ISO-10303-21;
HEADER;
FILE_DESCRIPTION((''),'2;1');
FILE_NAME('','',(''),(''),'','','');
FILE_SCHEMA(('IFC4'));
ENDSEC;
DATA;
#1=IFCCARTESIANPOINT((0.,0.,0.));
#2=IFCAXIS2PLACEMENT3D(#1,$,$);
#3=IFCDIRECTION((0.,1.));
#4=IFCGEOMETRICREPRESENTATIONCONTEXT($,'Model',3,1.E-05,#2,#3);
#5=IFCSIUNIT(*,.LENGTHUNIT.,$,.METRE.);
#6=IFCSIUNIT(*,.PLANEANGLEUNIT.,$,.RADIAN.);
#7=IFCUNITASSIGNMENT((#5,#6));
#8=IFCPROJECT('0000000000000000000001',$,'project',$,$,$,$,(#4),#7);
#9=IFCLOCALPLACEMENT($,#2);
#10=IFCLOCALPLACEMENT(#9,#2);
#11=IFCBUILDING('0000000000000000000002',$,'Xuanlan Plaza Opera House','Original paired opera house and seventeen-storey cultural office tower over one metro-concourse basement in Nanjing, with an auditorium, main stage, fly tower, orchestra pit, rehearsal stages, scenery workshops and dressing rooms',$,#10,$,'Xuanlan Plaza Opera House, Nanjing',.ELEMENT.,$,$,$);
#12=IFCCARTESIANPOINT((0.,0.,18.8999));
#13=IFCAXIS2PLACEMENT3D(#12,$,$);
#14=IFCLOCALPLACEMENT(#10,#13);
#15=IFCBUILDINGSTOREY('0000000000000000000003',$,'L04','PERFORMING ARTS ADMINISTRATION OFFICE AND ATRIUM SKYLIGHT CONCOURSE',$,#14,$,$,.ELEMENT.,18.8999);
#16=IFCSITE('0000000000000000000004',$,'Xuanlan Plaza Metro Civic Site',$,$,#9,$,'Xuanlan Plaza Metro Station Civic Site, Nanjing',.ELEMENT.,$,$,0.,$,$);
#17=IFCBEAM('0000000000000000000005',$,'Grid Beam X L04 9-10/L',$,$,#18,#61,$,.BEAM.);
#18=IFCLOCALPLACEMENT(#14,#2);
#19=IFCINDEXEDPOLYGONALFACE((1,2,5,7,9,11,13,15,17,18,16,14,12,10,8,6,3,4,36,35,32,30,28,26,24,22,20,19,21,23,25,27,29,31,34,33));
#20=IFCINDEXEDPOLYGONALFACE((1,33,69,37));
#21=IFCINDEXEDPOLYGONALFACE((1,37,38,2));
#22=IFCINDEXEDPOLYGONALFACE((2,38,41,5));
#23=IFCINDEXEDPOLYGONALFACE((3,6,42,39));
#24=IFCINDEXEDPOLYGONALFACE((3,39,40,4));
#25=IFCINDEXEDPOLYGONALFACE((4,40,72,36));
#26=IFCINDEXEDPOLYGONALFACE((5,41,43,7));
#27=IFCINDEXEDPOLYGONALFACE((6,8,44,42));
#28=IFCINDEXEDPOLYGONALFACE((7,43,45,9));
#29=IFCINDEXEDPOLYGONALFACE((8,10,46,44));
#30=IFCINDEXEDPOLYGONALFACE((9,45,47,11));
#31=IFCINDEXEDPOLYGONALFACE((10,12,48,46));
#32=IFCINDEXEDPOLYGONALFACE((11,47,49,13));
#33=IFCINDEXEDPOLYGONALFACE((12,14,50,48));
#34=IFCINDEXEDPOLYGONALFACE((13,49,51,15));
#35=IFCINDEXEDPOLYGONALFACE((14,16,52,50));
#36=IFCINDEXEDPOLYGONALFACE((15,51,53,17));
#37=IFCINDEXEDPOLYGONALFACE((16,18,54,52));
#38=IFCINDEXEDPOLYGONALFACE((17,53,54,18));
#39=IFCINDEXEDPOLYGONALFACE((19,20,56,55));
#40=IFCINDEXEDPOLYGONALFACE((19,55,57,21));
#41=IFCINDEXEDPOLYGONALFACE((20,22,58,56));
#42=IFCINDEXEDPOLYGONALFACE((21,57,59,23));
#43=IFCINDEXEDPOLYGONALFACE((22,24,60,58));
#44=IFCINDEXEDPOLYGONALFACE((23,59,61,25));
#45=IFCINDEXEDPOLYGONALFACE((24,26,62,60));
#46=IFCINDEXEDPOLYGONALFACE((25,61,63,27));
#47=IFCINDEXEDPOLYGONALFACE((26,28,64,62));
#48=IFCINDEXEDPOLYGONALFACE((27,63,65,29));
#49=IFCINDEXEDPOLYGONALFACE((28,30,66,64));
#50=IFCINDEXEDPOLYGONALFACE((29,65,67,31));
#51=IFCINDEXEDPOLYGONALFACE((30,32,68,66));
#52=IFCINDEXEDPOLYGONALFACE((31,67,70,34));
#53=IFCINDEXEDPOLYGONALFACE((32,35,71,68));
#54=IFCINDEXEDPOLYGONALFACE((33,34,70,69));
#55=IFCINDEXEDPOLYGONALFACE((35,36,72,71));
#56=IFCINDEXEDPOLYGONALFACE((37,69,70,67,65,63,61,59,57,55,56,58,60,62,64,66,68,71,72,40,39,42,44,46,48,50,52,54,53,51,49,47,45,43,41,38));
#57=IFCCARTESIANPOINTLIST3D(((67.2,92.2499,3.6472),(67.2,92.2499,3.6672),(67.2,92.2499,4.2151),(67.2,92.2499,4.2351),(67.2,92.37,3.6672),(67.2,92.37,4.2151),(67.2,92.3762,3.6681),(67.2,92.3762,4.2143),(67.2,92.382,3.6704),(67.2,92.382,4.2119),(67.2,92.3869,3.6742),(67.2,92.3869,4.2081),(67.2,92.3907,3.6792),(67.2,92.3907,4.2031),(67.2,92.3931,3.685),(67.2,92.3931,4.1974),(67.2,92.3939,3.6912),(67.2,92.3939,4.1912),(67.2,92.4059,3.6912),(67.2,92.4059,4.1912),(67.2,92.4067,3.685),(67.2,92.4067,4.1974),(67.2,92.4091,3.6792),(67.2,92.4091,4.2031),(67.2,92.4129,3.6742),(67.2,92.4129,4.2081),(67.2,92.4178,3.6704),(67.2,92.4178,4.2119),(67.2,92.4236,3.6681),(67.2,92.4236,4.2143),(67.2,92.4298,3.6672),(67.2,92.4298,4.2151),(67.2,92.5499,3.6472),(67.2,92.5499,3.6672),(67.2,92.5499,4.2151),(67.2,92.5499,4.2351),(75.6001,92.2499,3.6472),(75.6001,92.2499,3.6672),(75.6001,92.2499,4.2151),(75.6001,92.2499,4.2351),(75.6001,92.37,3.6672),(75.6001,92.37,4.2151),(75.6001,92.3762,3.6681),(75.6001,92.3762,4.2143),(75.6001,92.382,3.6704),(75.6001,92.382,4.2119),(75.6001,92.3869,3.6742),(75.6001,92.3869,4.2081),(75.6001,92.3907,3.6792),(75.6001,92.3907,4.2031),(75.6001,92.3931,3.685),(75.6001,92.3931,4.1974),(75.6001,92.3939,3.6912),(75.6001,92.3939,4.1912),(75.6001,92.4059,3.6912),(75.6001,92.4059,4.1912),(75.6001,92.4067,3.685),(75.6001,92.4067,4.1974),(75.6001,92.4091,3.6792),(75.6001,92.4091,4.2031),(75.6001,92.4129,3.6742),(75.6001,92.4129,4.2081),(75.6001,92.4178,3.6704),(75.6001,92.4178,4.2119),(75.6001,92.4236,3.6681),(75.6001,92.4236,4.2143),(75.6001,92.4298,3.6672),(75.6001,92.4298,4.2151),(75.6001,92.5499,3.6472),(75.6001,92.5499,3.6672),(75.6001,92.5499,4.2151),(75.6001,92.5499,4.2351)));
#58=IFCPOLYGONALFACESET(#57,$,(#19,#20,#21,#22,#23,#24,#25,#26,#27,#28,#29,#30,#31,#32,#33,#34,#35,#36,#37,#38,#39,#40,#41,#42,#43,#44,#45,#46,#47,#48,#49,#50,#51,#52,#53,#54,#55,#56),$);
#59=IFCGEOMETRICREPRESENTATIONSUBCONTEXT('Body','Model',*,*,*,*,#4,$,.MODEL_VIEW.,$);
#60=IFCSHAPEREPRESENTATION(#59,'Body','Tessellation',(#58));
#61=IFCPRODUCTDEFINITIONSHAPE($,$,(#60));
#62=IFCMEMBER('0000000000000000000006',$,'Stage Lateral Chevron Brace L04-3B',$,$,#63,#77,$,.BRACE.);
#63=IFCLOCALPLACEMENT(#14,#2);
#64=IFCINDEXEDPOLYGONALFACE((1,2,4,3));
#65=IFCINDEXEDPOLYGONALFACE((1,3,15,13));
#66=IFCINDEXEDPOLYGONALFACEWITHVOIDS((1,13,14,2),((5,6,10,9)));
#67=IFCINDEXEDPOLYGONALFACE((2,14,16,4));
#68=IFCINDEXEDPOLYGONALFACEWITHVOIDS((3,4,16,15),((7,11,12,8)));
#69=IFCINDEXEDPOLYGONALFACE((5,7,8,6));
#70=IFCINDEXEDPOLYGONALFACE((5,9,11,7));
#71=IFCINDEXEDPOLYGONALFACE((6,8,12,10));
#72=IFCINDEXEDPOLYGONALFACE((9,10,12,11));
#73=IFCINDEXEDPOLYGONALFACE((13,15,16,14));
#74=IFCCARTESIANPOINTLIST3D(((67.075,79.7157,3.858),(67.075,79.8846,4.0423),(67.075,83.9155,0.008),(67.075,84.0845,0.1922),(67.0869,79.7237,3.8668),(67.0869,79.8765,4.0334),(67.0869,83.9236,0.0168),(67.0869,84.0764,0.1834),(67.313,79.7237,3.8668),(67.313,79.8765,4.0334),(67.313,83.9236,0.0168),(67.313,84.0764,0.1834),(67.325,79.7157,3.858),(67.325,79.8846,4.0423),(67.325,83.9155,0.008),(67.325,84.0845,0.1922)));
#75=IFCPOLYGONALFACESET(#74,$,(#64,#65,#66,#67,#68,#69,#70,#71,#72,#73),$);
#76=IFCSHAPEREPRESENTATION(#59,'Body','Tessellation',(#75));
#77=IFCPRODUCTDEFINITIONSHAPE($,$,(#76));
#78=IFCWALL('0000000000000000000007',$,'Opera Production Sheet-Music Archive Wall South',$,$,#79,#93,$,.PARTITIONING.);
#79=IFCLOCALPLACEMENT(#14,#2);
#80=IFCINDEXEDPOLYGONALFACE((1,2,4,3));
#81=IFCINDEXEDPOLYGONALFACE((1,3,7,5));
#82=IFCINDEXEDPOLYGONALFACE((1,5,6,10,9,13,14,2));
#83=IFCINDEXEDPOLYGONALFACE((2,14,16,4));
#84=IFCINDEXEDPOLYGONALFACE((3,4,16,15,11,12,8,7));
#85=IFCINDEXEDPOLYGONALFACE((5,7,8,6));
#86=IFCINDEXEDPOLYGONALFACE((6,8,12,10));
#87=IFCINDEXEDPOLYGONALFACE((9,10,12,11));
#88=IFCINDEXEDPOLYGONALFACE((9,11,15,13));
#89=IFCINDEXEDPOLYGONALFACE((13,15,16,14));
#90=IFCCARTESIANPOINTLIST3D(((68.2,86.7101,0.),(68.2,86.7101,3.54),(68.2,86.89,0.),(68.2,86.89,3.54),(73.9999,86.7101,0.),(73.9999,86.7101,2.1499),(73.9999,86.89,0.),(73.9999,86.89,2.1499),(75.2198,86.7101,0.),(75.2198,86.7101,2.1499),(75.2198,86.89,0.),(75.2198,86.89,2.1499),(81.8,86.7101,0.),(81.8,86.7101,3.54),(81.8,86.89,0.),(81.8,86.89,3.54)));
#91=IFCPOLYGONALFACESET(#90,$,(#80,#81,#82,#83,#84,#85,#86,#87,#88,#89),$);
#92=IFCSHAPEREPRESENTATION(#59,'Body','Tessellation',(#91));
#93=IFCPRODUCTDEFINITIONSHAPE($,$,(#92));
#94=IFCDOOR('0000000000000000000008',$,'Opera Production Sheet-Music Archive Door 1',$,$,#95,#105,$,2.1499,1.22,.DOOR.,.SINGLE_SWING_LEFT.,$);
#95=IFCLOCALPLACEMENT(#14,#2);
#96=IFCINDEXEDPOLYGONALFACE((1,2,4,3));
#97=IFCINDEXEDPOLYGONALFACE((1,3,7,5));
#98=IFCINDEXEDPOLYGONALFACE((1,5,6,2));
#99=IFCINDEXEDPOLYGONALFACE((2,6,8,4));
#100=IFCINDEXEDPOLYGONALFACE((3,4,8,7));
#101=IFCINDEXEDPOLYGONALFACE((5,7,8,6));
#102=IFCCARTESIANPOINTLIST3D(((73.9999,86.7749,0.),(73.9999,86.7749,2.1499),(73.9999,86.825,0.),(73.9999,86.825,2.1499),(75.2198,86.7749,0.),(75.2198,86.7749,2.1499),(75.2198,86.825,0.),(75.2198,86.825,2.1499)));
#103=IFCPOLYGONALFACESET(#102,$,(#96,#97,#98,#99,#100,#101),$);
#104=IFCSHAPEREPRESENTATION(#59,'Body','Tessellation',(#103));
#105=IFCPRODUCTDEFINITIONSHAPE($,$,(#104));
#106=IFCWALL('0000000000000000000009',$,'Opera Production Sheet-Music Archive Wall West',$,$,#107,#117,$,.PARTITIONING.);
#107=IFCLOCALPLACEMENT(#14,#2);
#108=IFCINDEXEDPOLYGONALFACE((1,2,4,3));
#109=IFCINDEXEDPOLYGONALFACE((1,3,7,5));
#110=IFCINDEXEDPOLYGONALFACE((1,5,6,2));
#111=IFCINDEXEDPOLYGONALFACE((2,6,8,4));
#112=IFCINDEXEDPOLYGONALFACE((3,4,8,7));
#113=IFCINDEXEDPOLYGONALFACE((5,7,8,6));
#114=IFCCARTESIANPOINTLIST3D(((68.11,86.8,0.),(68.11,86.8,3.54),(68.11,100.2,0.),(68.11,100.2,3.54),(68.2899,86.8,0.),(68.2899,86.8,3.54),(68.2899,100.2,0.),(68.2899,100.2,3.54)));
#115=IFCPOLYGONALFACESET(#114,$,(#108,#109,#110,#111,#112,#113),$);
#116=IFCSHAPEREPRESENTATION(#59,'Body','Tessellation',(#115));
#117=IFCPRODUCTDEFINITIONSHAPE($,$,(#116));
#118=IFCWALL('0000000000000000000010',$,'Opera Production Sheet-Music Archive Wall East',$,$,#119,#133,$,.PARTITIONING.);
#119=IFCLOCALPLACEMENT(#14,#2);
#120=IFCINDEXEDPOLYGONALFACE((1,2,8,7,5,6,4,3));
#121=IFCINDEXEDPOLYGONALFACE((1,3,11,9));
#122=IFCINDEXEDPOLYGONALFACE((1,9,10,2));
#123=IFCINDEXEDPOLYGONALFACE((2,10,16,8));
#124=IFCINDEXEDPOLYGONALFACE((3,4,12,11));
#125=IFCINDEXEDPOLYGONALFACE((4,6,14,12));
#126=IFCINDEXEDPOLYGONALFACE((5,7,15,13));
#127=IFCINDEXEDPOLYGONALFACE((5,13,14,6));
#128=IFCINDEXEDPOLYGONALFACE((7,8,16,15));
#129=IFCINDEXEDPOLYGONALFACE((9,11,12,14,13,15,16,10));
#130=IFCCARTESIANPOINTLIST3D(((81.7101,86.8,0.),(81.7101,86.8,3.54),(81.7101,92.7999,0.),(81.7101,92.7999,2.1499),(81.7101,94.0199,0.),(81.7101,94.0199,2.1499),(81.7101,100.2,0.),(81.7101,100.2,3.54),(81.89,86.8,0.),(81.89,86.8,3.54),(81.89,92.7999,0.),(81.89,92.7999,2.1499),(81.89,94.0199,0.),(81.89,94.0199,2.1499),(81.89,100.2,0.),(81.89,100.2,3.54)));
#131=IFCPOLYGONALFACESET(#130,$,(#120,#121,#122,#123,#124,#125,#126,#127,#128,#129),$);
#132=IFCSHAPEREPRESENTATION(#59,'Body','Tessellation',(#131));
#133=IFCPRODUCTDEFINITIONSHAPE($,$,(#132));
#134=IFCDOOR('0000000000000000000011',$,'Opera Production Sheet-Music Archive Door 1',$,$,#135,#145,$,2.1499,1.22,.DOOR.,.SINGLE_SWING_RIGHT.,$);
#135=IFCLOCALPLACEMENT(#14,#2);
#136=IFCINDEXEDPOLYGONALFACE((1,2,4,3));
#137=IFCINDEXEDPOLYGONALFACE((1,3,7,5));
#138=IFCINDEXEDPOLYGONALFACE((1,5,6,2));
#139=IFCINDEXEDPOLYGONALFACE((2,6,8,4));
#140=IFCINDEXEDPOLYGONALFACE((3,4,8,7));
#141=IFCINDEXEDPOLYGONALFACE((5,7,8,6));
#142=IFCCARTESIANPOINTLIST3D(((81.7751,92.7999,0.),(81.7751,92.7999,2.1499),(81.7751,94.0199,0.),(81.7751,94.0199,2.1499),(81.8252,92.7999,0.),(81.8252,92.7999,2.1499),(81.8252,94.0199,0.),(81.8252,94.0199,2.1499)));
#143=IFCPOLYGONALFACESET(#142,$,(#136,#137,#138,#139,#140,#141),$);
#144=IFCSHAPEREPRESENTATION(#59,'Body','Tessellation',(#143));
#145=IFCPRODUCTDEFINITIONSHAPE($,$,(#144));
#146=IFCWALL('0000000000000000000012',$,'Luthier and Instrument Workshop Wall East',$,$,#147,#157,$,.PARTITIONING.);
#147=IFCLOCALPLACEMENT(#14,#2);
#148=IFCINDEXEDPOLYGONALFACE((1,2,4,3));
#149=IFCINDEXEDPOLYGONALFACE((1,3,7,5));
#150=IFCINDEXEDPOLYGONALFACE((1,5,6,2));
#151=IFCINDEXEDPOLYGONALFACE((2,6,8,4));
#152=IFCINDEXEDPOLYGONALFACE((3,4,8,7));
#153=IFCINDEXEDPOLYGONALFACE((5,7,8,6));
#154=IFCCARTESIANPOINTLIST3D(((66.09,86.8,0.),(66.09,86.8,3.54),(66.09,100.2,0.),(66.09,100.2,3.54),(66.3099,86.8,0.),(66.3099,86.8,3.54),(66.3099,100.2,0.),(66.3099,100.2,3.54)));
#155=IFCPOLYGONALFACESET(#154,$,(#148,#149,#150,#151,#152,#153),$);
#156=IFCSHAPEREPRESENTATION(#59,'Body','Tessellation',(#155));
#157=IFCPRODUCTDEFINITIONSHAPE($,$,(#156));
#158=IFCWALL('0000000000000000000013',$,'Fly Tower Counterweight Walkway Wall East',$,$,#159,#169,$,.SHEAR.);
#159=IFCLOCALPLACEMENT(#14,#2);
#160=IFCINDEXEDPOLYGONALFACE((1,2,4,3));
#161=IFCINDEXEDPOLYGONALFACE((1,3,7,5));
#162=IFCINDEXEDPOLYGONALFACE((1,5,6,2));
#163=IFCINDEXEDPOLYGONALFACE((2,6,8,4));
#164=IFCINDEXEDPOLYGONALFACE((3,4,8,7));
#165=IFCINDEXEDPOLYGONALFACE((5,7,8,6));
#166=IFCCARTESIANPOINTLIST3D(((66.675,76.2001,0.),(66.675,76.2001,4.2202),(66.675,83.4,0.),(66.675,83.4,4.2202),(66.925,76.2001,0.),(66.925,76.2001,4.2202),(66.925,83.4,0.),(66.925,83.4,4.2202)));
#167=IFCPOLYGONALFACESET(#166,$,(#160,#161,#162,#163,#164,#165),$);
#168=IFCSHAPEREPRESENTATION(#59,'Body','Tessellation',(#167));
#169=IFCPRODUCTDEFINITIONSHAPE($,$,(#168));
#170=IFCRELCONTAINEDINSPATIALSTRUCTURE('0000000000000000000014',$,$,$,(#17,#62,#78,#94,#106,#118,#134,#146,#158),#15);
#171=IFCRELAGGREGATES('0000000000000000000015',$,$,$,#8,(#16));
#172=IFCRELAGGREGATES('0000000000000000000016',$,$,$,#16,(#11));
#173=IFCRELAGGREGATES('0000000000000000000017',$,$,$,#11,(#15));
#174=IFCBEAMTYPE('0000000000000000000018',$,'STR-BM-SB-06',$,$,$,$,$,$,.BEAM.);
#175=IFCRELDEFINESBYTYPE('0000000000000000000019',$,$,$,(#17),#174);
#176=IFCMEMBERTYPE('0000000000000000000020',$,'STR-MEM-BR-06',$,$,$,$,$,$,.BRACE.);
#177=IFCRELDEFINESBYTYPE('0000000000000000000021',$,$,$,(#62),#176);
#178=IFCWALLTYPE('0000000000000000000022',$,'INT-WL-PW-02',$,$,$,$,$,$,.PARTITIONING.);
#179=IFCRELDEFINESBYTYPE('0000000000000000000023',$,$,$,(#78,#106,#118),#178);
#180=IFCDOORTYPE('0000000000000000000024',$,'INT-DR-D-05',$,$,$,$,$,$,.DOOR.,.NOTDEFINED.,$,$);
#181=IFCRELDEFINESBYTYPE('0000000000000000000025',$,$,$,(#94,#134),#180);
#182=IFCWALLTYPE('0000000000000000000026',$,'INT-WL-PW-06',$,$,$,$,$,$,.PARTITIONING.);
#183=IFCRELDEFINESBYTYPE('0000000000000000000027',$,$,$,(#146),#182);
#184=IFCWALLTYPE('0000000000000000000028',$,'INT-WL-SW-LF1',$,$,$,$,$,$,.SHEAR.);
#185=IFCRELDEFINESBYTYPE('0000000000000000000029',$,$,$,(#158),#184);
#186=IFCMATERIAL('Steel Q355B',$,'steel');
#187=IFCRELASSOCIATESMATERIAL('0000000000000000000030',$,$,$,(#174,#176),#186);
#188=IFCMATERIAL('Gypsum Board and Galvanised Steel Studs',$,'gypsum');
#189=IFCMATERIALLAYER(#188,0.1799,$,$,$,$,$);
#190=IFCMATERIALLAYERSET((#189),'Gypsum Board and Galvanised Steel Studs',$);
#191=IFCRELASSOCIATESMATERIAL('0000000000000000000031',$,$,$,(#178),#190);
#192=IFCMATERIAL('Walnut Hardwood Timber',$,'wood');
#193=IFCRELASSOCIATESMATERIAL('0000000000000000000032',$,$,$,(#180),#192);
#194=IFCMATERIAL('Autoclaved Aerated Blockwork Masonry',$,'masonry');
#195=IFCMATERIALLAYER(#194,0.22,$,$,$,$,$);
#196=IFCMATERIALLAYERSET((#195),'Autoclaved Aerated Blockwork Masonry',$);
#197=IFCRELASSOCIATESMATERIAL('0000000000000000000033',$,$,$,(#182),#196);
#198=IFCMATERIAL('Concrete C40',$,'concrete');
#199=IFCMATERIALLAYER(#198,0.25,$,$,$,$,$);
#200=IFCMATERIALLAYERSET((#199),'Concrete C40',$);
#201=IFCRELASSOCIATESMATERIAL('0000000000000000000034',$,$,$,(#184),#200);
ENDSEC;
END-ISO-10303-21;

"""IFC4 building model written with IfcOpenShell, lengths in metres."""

from ifc_helpers import new_model, si_unit, direction, frame, frame_2d, origin, origin_2d, place, context, subcontext, project, spatial, rectangle, hollow_rectangle, i_section, extrude, material, layer, layer_set, material_profile, profile_set, type_object, element, fill, save


model = new_model("IFC4")

# Units and contexts
model_context = context("Model", 3, precision=1e-05, world=origin(), true_north=direction((0.0, 1.0)))
body_context = subcontext(model_context, "Body", "Model", "MODEL_VIEW")
ifc_project = project(units=[si_unit("LENGTHUNIT", "METRE"), si_unit("PLANEANGLEUNIT", "RADIAN")], contexts=[model_context])

# Site, building, storey
site_placement = place(None, origin())
site = spatial("IfcSite", under=ifc_project, at=site_placement, Name="Xuanlan Plaza Metro Civic Site", LongName="Xuanlan Plaza Metro Station Civic Site, Nanjing", CompositionType="ELEMENT", RefElevation=0.0)
building_placement = place(site_placement, origin())
building = spatial("IfcBuilding", under=site, at=building_placement, Name="Xuanlan Plaza Opera House", Description="Original paired opera house and seventeen-storey cultural office tower over one metro-concourse basement in Nanjing, with an auditorium, main stage, fly tower, orchestra pit, rehearsal stages, scenery workshops and dressing rooms", LongName="Xuanlan Plaza Opera House, Nanjing", CompositionType="ELEMENT")
storey_placement = place(building_placement, frame((0.0, 0.0, 18.8999)))
storey = spatial("IfcBuildingStorey", under=building, at=storey_placement, Name="L04", Description="PERFORMING ARTS ADMINISTRATION OFFICE AND ATRIUM SKYLIGHT CONCOURSE", CompositionType="ELEMENT", Elevation=18.8999)

# Shared definitions
ifc_material_1 = material(Name="Concrete C40", Category="concrete")

# Beam
ifc_material_2 = material(Name="Steel Q355B", Category="steel")
ifc_material_profile_1 = material_profile(ifc_material_2, i_section(OverallWidth=0.3, OverallDepth=0.5879, WebThickness=0.012, FlangeThickness=0.02, FilletRadius=0.0239, at=origin_2d()), Name="HM 588x300x12x20")
ifc_profile_set_1 = profile_set([ifc_material_profile_1], Name="Steel Q355B")
beam_type_1 = type_object("IfcBeamType", Name="STR-BM-SB-06", PredefinedType="BEAM", material=ifc_profile_set_1)
beam_1_placement = place(storey_placement, frame((67.2, 92.3999, 3.9412), z_axis=(1.0, 0.0, 0.0), x_axis=(0.0, 1.0, 0.0)))
element("IfcBeam", 1, at=beam_1_placement, inside=storey, type_object=beam_type_1, Name="Grid Beam X L04 9-10/L", PredefinedType="BEAM", context=body_context, shape_type="SweptSolid", body=[
    extrude(i_section(OverallWidth=0.3, OverallDepth=0.5879, WebThickness=0.012, FlangeThickness=0.02, FilletRadius=0.0239, at=origin_2d()), origin(), (0.0, 0.0, 1.0), 8.4001),
])

# Member
ifc_material_profile_2 = material_profile(ifc_material_2, hollow_rectangle(XDim=0.25, YDim=0.25, WallThickness=0.012, at=origin_2d()), Name="SHS 250x250x12")
ifc_profile_set_2 = profile_set([ifc_material_profile_2], Name="Steel Q355B")
member_type = type_object("IfcMemberType", Name="STR-MEM-BR-06", PredefinedType="BRACE", material=ifc_profile_set_2)
member_placement = place(storey_placement, frame((67.2, 84.0, 0.1001), z_axis=(0.0, -0.737142, 0.675738), x_axis=(1.0, 0.0, 0.0)))
element("IfcMember", 2, at=member_placement, inside=storey, type_object=member_type, Name="Stage Lateral Chevron Brace L04-3B", PredefinedType="BRACE", context=body_context, shape_type="SweptSolid", body=[
    extrude(hollow_rectangle(XDim=0.25, YDim=0.25, WallThickness=0.012, at=origin_2d()), origin(), (0.0, 0.0, 1.0), 5.6975),
])

# Wall, opening, door
ifc_material_3 = material(Name="Gypsum Board and Galvanised Steel Studs", Category="gypsum")
ifc_layer_1 = layer(ifc_material_3, 0.1799)
ifc_layer_set_1 = layer_set([ifc_layer_1], Name="Gypsum Board and Galvanised Steel Studs")
wall_type_1 = type_object("IfcWallType", Name="INT-WL-PW-02", PredefinedType="PARTITIONING", material=ifc_layer_set_1)
wall_1_placement = place(storey_placement, frame((68.2, 86.8, 0.0), z_axis=(0.0, 0.0, 1.0), x_axis=(1.0, 0.0, 0.0)))
wall_1 = element("IfcWall", 3, at=wall_1_placement, inside=storey, type_object=wall_type_1, Name="Opera Production Sheet-Music Archive Wall South", PredefinedType="PARTITIONING", context=body_context, shape_type="SweptSolid", body=[
    extrude(rectangle(XDim=13.6001, YDim=0.1799, at=frame_2d((6.8, 0.0))), origin(), (0.0, 0.0, 1.0), 3.54),
])
opening_1_placement = place(wall_1_placement, frame((5.8, 0.0, 0.0)))
opening_1 = element("IfcOpeningElement", 4, at=opening_1_placement, cuts=wall_1, PredefinedType="OPENING", context=body_context, shape_type="SweptSolid", body=[
    extrude(rectangle(XDim=1.22, YDim=2.1499, at=frame_2d((0.6099, 1.075))), frame((0.0, 0.0999, 0.0), z_axis=(0.0, -1.0, 0.0), x_axis=(1.0, 0.0, 0.0)), (0.0, 0.0, 1.0), 0.2),
])
ifc_material_4 = material(Name="Walnut Hardwood Timber", Category="wood")
door_type = type_object("IfcDoorType", Name="INT-DR-D-05", OperationType="NOTDEFINED", PredefinedType="DOOR", material=ifc_material_4)
door_1_placement = place(opening_1_placement, origin())
door_1 = element("IfcDoor", 5, at=door_1_placement, inside=storey, type_object=door_type, Name="Opera Production Sheet-Music Archive Door 1", OperationType="SINGLE_SWING_LEFT", OverallHeight=2.1499, OverallWidth=1.22, PredefinedType="DOOR", context=body_context, shape_type="SweptSolid", body=[
    extrude(rectangle(XDim=1.22, YDim=2.1499, at=frame_2d((0.6099, 1.075))), frame((0.0, 0.0249, 0.0), z_axis=(0.0, -1.0, 0.0), x_axis=(1.0, 0.0, 0.0)), (0.0, 0.0, 1.0), 0.05),
])
fill(opening_1, door_1)

# Wall
wall_2_placement = place(storey_placement, frame((68.2, 86.8, 0.0), z_axis=(0.0, 0.0, 1.0), x_axis=(0.0, 1.0, 0.0)))
element("IfcWall", 6, at=wall_2_placement, inside=storey, type_object=wall_type_1, Name="Opera Production Sheet-Music Archive Wall West", PredefinedType="PARTITIONING", context=body_context, shape_type="SweptSolid", body=[
    extrude(rectangle(XDim=13.3999, YDim=0.1799, at=frame_2d((6.7, 0.0))), origin(), (0.0, 0.0, 1.0), 3.54),
])

# Wall, opening, door
wall_3_placement = place(storey_placement, frame((81.8, 86.8, 0.0), z_axis=(0.0, 0.0, 1.0), x_axis=(0.0, 1.0, 0.0)))
wall_3 = element("IfcWall", 7, at=wall_3_placement, inside=storey, type_object=wall_type_1, Name="Opera Production Sheet-Music Archive Wall East", PredefinedType="PARTITIONING", context=body_context, shape_type="SweptSolid", body=[
    extrude(rectangle(XDim=13.3999, YDim=0.1799, at=frame_2d((6.7, 0.0))), origin(), (0.0, 0.0, 1.0), 3.54),
])
opening_2_placement = place(wall_3_placement, frame((6.0, 0.0, 0.0)))
opening_2 = element("IfcOpeningElement", 8, at=opening_2_placement, cuts=wall_3, PredefinedType="OPENING", context=body_context, shape_type="SweptSolid", body=[
    extrude(rectangle(XDim=1.22, YDim=2.1499, at=frame_2d((0.6099, 1.075))), frame((0.0, 0.0999, 0.0), z_axis=(0.0, -1.0, 0.0), x_axis=(1.0, 0.0, 0.0)), (0.0, 0.0, 1.0), 0.2),
])
door_2_placement = place(opening_2_placement, origin())
door_2 = element("IfcDoor", 9, at=door_2_placement, inside=storey, type_object=door_type, Name="Opera Production Sheet-Music Archive Door 1", OperationType="SINGLE_SWING_RIGHT", OverallHeight=2.1499, OverallWidth=1.22, PredefinedType="DOOR", context=body_context, shape_type="SweptSolid", body=[
    extrude(rectangle(XDim=1.22, YDim=2.1499, at=frame_2d((0.6099, 1.075))), frame((0.0, 0.0249, 0.0), z_axis=(0.0, -1.0, 0.0), x_axis=(1.0, 0.0, 0.0)), (0.0, 0.0, 1.0), 0.05),
])
fill(opening_2, door_2)

# Walls
ifc_material_5 = material(Name="Autoclaved Aerated Blockwork Masonry", Category="masonry")
ifc_layer_2 = layer(ifc_material_5, 0.22)
ifc_layer_set_2 = layer_set([ifc_layer_2], Name="Autoclaved Aerated Blockwork Masonry")
wall_type_2 = type_object("IfcWallType", Name="INT-WL-PW-06", PredefinedType="PARTITIONING", material=ifc_layer_set_2)
wall_4_placement = place(storey_placement, frame((66.2, 86.8, 0.0), z_axis=(0.0, 0.0, 1.0), x_axis=(0.0, 1.0, 0.0)))
element("IfcWall", 10, at=wall_4_placement, inside=storey, type_object=wall_type_2, Name="Luthier and Instrument Workshop Wall East", PredefinedType="PARTITIONING", context=body_context, shape_type="SweptSolid", body=[
    extrude(rectangle(XDim=13.3999, YDim=0.22, at=frame_2d((6.7, 0.0))), origin(), (0.0, 0.0, 1.0), 3.54),
])
ifc_layer_3 = layer(ifc_material_1, 0.25)
ifc_layer_set_3 = layer_set([ifc_layer_3], Name="Concrete C40")
wall_type_3 = type_object("IfcWallType", Name="INT-WL-SW-LF1", PredefinedType="SHEAR", material=ifc_layer_set_3)
wall_5_placement = place(storey_placement, frame((66.8, 76.2, 0.0), z_axis=(0.0, 0.0, 1.0), x_axis=(0.0, 1.0, 0.0)))
element("IfcWall", 11, at=wall_5_placement, inside=storey, type_object=wall_type_3, Name="Fly Tower Counterweight Walkway Wall East", PredefinedType="SHEAR", context=body_context, shape_type="SweptSolid", body=[
    extrude(rectangle(XDim=7.2, YDim=0.25, at=frame_2d((3.6001, 0.0))), origin(), (0.0, 0.0, 1.0), 4.2202),
])

save(model, "model.ifc")
